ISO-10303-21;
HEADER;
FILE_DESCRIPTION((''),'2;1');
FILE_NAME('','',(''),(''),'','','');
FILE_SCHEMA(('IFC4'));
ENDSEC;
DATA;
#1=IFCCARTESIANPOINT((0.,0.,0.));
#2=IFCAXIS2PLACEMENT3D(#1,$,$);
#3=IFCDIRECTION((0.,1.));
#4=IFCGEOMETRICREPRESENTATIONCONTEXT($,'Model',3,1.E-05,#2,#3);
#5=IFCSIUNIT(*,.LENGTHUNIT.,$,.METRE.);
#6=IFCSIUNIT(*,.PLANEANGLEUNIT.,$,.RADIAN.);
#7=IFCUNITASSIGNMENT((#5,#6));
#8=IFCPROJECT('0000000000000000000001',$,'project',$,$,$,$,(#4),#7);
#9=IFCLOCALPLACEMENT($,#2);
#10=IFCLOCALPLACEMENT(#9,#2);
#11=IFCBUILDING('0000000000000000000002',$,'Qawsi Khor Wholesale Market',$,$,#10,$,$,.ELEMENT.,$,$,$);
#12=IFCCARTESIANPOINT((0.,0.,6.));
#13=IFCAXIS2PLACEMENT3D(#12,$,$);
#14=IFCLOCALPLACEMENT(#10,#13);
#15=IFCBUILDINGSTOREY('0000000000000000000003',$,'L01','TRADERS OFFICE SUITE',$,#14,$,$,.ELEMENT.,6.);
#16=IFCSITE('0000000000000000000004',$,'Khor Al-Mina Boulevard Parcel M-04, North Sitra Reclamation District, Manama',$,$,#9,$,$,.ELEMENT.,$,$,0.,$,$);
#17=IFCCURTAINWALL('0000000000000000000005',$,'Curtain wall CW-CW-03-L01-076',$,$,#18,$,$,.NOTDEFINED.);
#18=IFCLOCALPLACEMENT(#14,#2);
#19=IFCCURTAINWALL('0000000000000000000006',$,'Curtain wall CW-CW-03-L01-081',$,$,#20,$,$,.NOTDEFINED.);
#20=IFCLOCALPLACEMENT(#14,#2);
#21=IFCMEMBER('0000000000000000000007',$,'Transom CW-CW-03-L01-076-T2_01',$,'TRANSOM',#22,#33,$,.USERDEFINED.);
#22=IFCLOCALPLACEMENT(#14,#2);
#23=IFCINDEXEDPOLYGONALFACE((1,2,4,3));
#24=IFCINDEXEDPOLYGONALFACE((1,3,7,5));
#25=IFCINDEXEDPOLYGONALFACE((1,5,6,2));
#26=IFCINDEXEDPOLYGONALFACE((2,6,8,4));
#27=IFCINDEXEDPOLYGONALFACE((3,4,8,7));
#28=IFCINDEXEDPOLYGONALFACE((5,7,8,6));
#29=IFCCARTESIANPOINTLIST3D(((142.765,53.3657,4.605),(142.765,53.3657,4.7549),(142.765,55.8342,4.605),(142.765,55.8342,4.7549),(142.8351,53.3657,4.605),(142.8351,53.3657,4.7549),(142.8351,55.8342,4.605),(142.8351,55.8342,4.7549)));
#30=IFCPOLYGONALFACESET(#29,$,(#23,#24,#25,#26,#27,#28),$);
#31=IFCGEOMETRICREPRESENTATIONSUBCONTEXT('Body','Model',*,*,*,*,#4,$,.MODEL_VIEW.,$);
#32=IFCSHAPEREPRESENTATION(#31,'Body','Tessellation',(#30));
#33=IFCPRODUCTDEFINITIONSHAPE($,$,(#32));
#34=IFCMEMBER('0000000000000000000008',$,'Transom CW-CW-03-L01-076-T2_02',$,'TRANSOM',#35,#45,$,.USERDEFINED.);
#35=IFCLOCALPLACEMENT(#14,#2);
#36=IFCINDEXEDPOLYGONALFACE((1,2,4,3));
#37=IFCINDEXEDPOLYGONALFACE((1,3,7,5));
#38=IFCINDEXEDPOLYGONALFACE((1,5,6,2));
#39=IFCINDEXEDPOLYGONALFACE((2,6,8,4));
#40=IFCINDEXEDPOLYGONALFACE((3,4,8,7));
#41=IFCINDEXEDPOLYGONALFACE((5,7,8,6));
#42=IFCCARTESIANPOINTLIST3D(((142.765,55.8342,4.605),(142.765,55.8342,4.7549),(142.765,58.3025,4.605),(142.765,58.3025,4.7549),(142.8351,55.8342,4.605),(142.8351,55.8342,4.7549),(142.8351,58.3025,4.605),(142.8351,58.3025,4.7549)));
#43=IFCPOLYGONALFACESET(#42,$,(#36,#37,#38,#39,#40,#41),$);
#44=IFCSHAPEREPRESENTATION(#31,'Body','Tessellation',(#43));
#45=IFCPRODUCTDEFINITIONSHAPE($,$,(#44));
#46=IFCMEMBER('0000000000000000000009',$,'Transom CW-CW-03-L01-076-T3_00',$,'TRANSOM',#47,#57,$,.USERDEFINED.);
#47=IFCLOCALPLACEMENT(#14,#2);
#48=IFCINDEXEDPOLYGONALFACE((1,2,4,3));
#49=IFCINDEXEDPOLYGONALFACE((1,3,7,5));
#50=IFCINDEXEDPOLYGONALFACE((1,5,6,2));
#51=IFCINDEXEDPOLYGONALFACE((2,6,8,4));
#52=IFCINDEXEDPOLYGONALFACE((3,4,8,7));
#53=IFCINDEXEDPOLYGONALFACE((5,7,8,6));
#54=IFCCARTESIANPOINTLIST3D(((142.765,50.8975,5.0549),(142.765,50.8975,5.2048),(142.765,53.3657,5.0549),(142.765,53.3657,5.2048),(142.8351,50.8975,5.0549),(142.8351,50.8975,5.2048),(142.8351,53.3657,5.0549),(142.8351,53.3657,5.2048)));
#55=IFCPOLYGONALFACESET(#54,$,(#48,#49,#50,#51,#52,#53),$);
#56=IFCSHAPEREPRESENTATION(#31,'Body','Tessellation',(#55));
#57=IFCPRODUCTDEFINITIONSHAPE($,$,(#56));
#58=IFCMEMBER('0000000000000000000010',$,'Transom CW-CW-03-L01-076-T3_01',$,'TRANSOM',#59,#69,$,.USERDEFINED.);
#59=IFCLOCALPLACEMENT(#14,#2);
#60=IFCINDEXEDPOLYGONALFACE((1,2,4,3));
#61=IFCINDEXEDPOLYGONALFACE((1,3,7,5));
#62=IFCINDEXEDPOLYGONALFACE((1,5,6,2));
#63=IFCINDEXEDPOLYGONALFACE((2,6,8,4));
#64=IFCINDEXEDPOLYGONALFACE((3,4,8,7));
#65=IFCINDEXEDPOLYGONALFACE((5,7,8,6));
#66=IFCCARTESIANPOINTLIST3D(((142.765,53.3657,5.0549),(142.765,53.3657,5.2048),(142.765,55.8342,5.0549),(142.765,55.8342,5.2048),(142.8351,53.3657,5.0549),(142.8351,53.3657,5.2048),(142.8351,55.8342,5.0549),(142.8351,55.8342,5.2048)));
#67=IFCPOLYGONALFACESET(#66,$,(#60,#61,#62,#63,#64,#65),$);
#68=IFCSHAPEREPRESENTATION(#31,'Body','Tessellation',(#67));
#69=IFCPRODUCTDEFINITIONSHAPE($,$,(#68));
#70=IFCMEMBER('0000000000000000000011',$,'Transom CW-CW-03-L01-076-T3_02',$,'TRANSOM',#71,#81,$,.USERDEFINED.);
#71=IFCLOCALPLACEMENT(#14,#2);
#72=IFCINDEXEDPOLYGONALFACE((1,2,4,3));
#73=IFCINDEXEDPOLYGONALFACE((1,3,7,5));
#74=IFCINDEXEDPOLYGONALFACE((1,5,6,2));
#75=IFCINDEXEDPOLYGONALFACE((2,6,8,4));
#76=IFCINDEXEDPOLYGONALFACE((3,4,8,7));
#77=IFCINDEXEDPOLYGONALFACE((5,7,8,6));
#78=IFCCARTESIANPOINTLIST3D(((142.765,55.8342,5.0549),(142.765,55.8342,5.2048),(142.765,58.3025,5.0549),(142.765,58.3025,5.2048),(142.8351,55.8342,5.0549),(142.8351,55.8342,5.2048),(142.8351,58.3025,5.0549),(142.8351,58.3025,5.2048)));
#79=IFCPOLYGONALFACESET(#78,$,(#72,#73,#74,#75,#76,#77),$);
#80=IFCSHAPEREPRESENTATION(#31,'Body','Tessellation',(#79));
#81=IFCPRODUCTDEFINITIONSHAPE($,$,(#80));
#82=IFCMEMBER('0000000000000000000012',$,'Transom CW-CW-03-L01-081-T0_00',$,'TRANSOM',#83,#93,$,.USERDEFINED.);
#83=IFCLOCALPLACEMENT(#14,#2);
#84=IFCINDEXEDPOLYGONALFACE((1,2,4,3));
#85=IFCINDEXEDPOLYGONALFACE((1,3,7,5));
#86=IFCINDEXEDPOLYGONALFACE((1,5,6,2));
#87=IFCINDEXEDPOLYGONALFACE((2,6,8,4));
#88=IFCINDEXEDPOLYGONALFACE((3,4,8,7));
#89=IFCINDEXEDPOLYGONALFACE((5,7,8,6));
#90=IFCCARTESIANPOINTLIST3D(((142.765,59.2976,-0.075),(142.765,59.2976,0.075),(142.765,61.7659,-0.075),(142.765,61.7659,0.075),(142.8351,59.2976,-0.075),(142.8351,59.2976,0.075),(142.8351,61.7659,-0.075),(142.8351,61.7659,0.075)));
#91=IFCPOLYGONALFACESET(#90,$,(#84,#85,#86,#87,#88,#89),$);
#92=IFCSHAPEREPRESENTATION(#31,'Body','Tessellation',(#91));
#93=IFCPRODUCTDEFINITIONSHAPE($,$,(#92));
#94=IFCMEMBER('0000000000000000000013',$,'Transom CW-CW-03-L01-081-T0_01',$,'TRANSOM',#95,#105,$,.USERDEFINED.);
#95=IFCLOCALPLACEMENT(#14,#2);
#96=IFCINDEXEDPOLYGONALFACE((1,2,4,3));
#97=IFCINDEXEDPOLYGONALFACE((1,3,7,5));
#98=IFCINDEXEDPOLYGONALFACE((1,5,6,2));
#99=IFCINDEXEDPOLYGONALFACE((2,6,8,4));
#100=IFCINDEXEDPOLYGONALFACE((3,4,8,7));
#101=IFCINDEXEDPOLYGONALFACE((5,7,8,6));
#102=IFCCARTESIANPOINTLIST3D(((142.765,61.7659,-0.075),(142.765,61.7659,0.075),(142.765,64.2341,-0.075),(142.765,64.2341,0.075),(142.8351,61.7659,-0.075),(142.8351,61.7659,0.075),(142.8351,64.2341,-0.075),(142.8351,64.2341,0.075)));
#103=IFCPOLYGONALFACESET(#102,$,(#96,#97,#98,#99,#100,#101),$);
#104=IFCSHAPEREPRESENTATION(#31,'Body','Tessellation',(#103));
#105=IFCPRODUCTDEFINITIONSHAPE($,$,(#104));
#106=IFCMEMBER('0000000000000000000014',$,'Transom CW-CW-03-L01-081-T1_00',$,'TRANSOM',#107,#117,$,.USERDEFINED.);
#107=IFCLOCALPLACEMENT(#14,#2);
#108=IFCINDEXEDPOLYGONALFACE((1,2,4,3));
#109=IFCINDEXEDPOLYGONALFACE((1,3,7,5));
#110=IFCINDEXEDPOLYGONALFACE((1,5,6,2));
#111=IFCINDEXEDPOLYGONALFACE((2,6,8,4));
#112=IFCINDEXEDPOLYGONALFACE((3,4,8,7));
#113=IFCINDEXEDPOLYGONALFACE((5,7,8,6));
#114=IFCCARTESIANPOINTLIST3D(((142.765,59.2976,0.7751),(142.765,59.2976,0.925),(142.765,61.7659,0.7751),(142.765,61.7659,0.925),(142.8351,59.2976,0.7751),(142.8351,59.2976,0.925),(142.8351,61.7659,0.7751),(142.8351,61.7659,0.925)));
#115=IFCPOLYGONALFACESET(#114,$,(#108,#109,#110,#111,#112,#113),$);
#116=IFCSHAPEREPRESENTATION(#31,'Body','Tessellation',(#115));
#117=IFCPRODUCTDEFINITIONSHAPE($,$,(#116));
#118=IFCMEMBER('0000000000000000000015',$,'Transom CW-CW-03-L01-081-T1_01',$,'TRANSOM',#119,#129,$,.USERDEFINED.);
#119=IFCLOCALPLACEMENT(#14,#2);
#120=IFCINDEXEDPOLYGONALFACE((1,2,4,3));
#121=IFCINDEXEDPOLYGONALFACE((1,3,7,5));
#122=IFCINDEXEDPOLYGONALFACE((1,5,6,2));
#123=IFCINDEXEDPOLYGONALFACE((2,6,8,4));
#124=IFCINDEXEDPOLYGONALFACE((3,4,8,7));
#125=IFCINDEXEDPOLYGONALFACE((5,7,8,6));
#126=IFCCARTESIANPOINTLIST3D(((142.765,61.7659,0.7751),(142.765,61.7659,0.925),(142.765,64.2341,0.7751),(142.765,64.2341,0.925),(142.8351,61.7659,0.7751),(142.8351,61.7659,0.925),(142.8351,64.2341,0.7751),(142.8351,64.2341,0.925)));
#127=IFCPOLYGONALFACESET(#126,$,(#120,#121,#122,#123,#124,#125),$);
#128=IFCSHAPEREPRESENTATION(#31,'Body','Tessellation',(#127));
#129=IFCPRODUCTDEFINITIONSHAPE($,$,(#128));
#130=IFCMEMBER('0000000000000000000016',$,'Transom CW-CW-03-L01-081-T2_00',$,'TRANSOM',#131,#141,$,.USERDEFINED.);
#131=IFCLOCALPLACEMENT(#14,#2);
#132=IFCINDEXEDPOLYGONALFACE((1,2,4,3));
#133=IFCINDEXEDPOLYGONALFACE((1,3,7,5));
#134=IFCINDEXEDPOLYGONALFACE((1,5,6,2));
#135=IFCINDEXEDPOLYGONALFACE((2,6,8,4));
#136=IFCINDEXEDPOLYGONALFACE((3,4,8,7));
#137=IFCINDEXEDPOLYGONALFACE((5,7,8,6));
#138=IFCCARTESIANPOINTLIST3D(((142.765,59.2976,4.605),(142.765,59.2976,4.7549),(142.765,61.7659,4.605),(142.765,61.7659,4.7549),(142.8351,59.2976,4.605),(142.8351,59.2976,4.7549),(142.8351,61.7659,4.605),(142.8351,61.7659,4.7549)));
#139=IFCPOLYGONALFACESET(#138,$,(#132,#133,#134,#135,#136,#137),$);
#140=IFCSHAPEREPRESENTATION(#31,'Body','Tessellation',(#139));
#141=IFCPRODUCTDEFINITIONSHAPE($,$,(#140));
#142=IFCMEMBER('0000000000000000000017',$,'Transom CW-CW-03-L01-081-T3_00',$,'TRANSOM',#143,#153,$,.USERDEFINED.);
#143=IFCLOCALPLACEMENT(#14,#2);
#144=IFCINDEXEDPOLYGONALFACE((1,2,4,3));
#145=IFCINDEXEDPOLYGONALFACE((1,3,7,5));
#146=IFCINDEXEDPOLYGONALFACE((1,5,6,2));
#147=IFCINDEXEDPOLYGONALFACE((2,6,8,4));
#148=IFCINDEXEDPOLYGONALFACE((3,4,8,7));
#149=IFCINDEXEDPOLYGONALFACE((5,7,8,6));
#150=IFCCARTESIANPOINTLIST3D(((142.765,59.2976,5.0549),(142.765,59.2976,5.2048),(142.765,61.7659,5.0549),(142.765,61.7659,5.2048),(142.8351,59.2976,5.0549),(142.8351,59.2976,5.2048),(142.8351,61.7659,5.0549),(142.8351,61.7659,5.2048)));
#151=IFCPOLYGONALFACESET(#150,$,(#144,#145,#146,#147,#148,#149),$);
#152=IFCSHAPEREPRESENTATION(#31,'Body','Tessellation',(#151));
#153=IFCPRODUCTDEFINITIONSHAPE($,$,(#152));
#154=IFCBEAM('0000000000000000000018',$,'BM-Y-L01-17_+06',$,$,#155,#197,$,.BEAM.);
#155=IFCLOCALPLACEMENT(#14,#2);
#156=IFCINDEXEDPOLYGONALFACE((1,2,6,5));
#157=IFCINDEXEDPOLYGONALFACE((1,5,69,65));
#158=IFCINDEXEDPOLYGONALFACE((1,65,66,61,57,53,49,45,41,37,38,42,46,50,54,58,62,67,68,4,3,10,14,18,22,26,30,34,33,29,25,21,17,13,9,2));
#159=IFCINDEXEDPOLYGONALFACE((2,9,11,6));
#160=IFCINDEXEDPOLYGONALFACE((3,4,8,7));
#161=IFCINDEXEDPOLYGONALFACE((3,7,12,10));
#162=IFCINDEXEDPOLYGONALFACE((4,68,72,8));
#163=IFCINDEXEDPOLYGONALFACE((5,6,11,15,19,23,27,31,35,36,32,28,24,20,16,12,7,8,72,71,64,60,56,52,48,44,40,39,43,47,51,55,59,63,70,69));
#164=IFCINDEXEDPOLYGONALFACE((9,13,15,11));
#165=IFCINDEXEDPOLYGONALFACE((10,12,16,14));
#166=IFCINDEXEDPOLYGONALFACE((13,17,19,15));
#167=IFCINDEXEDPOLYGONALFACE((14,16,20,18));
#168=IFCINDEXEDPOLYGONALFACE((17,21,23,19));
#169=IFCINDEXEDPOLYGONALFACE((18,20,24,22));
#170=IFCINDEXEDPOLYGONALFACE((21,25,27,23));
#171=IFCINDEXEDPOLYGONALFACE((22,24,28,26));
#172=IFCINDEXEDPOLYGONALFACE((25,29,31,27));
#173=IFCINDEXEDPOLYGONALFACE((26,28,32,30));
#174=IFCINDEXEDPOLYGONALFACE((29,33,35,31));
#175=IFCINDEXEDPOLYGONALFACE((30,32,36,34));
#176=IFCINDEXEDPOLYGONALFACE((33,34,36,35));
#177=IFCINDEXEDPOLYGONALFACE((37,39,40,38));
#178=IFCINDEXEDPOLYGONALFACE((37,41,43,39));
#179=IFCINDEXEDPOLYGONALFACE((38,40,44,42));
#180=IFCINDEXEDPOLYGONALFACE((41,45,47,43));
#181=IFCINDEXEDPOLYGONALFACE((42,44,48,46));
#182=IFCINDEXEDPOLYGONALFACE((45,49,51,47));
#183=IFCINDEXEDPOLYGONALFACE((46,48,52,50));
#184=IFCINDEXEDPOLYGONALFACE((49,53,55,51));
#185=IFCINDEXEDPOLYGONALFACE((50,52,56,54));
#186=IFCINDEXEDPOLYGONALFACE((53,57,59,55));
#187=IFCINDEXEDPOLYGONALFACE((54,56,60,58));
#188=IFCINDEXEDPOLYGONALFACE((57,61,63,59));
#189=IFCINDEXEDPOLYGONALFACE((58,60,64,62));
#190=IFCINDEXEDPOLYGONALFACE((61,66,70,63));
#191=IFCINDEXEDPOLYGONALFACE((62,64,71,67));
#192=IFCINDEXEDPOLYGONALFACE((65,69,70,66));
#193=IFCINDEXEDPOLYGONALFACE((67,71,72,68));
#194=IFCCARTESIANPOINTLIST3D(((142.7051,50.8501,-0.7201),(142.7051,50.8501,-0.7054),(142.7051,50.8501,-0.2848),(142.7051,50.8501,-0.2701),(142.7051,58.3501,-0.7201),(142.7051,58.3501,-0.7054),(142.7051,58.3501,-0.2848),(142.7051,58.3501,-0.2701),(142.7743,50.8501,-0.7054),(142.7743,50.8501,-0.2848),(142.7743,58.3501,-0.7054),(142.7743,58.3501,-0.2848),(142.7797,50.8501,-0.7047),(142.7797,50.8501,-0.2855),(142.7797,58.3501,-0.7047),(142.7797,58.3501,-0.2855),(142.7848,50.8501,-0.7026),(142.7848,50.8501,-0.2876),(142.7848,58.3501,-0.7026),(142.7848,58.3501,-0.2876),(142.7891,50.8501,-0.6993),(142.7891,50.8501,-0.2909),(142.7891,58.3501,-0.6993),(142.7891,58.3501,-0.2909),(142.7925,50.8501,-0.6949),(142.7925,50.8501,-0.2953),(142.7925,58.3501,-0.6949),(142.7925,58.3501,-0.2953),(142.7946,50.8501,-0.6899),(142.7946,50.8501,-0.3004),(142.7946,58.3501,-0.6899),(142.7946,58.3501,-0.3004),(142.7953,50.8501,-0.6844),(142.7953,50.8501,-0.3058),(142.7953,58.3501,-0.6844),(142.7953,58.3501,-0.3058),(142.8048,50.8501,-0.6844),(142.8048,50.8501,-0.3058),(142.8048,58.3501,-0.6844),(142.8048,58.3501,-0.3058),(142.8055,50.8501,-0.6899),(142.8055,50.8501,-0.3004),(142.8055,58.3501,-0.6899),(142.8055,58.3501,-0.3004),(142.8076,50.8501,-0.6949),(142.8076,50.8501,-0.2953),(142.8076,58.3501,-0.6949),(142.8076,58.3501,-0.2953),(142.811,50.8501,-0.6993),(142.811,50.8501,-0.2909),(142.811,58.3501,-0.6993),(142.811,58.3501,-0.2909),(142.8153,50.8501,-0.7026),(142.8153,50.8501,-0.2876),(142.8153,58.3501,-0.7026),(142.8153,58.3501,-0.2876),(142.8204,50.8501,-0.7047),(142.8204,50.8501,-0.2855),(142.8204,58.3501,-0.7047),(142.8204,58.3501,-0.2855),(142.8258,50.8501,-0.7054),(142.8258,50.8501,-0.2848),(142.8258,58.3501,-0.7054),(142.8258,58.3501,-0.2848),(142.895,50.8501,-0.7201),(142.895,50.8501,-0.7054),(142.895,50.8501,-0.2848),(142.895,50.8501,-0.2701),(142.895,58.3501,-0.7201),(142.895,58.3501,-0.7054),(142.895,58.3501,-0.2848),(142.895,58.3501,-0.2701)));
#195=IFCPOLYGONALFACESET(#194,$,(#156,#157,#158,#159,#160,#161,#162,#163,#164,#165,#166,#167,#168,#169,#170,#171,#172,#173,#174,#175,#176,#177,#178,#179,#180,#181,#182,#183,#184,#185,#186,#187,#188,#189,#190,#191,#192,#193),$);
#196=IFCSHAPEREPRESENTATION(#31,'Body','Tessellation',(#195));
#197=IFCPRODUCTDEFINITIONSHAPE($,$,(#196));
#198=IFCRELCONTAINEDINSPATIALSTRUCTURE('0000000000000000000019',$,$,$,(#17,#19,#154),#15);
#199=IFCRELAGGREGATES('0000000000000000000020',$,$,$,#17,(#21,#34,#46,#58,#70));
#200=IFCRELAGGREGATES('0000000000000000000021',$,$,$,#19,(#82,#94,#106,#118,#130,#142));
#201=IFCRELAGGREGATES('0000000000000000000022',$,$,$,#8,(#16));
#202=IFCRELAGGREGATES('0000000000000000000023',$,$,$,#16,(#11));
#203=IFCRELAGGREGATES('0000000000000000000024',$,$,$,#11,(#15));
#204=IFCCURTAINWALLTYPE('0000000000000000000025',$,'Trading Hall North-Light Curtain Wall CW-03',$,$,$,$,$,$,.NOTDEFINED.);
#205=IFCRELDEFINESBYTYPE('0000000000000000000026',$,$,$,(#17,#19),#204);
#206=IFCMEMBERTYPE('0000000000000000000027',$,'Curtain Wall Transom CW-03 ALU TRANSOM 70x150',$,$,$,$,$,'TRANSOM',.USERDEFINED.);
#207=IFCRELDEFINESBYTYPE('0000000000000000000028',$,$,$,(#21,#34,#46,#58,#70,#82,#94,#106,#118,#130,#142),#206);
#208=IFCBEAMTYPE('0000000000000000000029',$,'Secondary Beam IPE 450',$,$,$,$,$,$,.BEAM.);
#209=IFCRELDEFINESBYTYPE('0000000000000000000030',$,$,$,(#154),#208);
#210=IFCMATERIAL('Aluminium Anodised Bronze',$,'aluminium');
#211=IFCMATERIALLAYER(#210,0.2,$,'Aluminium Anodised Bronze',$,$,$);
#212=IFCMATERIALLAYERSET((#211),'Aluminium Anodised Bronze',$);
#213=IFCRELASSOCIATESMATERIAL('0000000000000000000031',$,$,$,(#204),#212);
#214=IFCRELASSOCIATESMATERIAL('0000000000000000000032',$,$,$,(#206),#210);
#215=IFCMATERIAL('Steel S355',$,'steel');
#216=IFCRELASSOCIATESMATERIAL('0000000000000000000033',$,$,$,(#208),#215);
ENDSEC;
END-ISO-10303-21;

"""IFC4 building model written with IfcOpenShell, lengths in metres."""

from ifc_helpers import new_model, si_unit, direction, frame, origin, origin_2d, place, context, subcontext, project, spatial, rectangle, i_section, extrude, material, layer, layer_set, material_profile, profile_set, type_object, element, aggregate, save


model = new_model("IFC4")

# Units and contexts
model_context = context("Model", 3, precision=1e-05, world=origin(), true_north=direction((0.0, 1.0)))
body_context = subcontext(model_context, "Body", "Model", "MODEL_VIEW")
ifc_project = project(units=[si_unit("LENGTHUNIT", "METRE"), si_unit("PLANEANGLEUNIT", "RADIAN")], contexts=[model_context])

# Site, building, storey
site_placement = place(None, origin())
site = spatial("IfcSite", under=ifc_project, at=site_placement, Name="Khor Al-Mina Boulevard Parcel M-04, North Sitra Reclamation District, Manama", CompositionType="ELEMENT", RefElevation=0.0)
building_placement = place(site_placement, origin())
building = spatial("IfcBuilding", under=site, at=building_placement, Name="Qawsi Khor Wholesale Market", CompositionType="ELEMENT")
storey_placement = place(building_placement, frame((0.0, 0.0, 6.0)))
storey = spatial("IfcBuildingStorey", under=building, at=storey_placement, Name="L01", Description="TRADERS OFFICE SUITE", CompositionType="ELEMENT", Elevation=6.0)

# Curtain walls
ifc_material_1 = material(Name="Aluminium Anodised Bronze", Category="aluminium")
ifc_layer_1 = layer(ifc_material_1, 0.2, Name="Aluminium Anodised Bronze")
ifc_layer_set_1 = layer_set([ifc_layer_1], Name="Aluminium Anodised Bronze")
curtain_wall_type = type_object("IfcCurtainWallType", Name="Trading Hall North-Light Curtain Wall CW-03", PredefinedType="NOTDEFINED", material=ifc_layer_set_1)
curtain_wall_1_placement = place(storey_placement, origin())
curtain_wall_1 = element("IfcCurtainWall", 1, at=curtain_wall_1_placement, inside=storey, type_object=curtain_wall_type, Name="Curtain wall CW-CW-03-L01-076", PredefinedType="NOTDEFINED")
curtain_wall_2_placement = place(storey_placement, origin())
curtain_wall_2 = element("IfcCurtainWall", 2, at=curtain_wall_2_placement, inside=storey, type_object=curtain_wall_type, Name="Curtain wall CW-CW-03-L01-081", PredefinedType="NOTDEFINED")

# Members
ifc_material_profile_1 = material_profile(ifc_material_1, rectangle(XDim=0.0701, YDim=0.1499, at=origin_2d()), Name="ALU TRANSOM 70x150")
ifc_profile_set_1 = profile_set([ifc_material_profile_1], Name="Aluminium Anodised Bronze")
member_type_1 = type_object("IfcMemberType", Name="Curtain Wall Transom CW-03 ALU TRANSOM 70x150", ElementType="TRANSOM", PredefinedType="USERDEFINED", material=ifc_profile_set_1)
member_1_placement = place(storey_placement, frame((142.8, 53.3657, 4.6799), z_axis=(0.0, 1.0, 0.0), x_axis=(-1.0, 0.0, 0.0)))
member_1 = element("IfcMember", 3, at=member_1_placement, type_object=member_type_1, Name="Transom CW-CW-03-L01-076-T2_01", ObjectType="TRANSOM", PredefinedType="USERDEFINED", context=body_context, shape_type="SweptSolid", body=[
    extrude(rectangle(XDim=0.0701, YDim=0.1499, at=origin_2d()), origin(), (0.0, 0.0, 1.0), 2.4685),
])
member_2_placement = place(storey_placement, frame((142.8, 55.8342, 4.6799), z_axis=(0.0, 1.0, 0.0), x_axis=(-1.0, 0.0, 0.0)))
member_2 = element("IfcMember", 4, at=member_2_placement, type_object=member_type_1, Name="Transom CW-CW-03-L01-076-T2_02", ObjectType="TRANSOM", PredefinedType="USERDEFINED", context=body_context, shape_type="SweptSolid", body=[
    extrude(rectangle(XDim=0.0701, YDim=0.1499, at=origin_2d()), origin(), (0.0, 0.0, 1.0), 2.4683),
])
member_3_placement = place(storey_placement, frame((142.8, 50.8975, 5.1299), z_axis=(0.0, 1.0, 0.0), x_axis=(-1.0, 0.0, 0.0)))
member_3 = element("IfcMember", 5, at=member_3_placement, type_object=member_type_1, Name="Transom CW-CW-03-L01-076-T3_00", ObjectType="TRANSOM", PredefinedType="USERDEFINED", context=body_context, shape_type="SweptSolid", body=[
    extrude(rectangle(XDim=0.0701, YDim=0.1499, at=origin_2d()), origin(), (0.0, 0.0, 1.0), 2.4683),
])
member_4_placement = place(storey_placement, frame((142.8, 53.3657, 5.1299), z_axis=(0.0, 1.0, 0.0), x_axis=(-1.0, 0.0, 0.0)))
member_4 = element("IfcMember", 6, at=member_4_placement, type_object=member_type_1, Name="Transom CW-CW-03-L01-076-T3_01", ObjectType="TRANSOM", PredefinedType="USERDEFINED", context=body_context, shape_type="SweptSolid", body=[
    extrude(rectangle(XDim=0.0701, YDim=0.1499, at=origin_2d()), origin(), (0.0, 0.0, 1.0), 2.4685),
])
member_5_placement = place(storey_placement, frame((142.8, 55.8342, 5.1299), z_axis=(0.0, 1.0, 0.0), x_axis=(-1.0, 0.0, 0.0)))
member_5 = element("IfcMember", 7, at=member_5_placement, type_object=member_type_1, Name="Transom CW-CW-03-L01-076-T3_02", ObjectType="TRANSOM", PredefinedType="USERDEFINED", context=body_context, shape_type="SweptSolid", body=[
    extrude(rectangle(XDim=0.0701, YDim=0.1499, at=origin_2d()), origin(), (0.0, 0.0, 1.0), 2.4683),
])
member_6_placement = place(storey_placement, frame((142.8, 59.2976, 0.0), z_axis=(0.0, 1.0, 0.0), x_axis=(-1.0, 0.0, 0.0)))
member_6 = element("IfcMember", 8, at=member_6_placement, type_object=member_type_1, Name="Transom CW-CW-03-L01-081-T0_00", ObjectType="TRANSOM", PredefinedType="USERDEFINED", context=body_context, shape_type="SweptSolid", body=[
    extrude(rectangle(XDim=0.0701, YDim=0.1499, at=origin_2d()), origin(), (0.0, 0.0, 1.0), 2.4683),
])
member_7_placement = place(storey_placement, frame((142.8, 61.7659, 0.0), z_axis=(0.0, 1.0, 0.0), x_axis=(-1.0, 0.0, 0.0)))
member_7 = element("IfcMember", 9, at=member_7_placement, type_object=member_type_1, Name="Transom CW-CW-03-L01-081-T0_01", ObjectType="TRANSOM", PredefinedType="USERDEFINED", context=body_context, shape_type="SweptSolid", body=[
    extrude(rectangle(XDim=0.0701, YDim=0.1499, at=origin_2d()), origin(), (0.0, 0.0, 1.0), 2.4683),
])
member_8_placement = place(storey_placement, frame((142.8, 59.2976, 0.8501), z_axis=(0.0, 1.0, 0.0), x_axis=(-1.0, 0.0, 0.0)))
member_8 = element("IfcMember", 10, at=member_8_placement, type_object=member_type_1, Name="Transom CW-CW-03-L01-081-T1_00", ObjectType="TRANSOM", PredefinedType="USERDEFINED", context=body_context, shape_type="SweptSolid", body=[
    extrude(rectangle(XDim=0.0701, YDim=0.1499, at=origin_2d()), origin(), (0.0, 0.0, 1.0), 2.4683),
])
member_9_placement = place(storey_placement, frame((142.8, 61.7659, 0.8501), z_axis=(0.0, 1.0, 0.0), x_axis=(-1.0, 0.0, 0.0)))
member_9 = element("IfcMember", 11, at=member_9_placement, type_object=member_type_1, Name="Transom CW-CW-03-L01-081-T1_01", ObjectType="TRANSOM", PredefinedType="USERDEFINED", context=body_context, shape_type="SweptSolid", body=[
    extrude(rectangle(XDim=0.0701, YDim=0.1499, at=origin_2d()), origin(), (0.0, 0.0, 1.0), 2.4683),
])
member_10_placement = place(storey_placement, frame((142.8, 59.2976, 4.6799), z_axis=(0.0, 1.0, 0.0), x_axis=(-1.0, 0.0, 0.0)))
member_10 = element("IfcMember", 12, at=member_10_placement, type_object=member_type_1, Name="Transom CW-CW-03-L01-081-T2_00", ObjectType="TRANSOM", PredefinedType="USERDEFINED", context=body_context, shape_type="SweptSolid", body=[
    extrude(rectangle(XDim=0.0701, YDim=0.1499, at=origin_2d()), origin(), (0.0, 0.0, 1.0), 2.4683),
])
member_11_placement = place(storey_placement, frame((142.8, 59.2976, 5.1299), z_axis=(0.0, 1.0, 0.0), x_axis=(-1.0, 0.0, 0.0)))
member_11 = element("IfcMember", 13, at=member_11_placement, type_object=member_type_1, Name="Transom CW-CW-03-L01-081-T3_00", ObjectType="TRANSOM", PredefinedType="USERDEFINED", context=body_context, shape_type="SweptSolid", body=[
    extrude(rectangle(XDim=0.0701, YDim=0.1499, at=origin_2d()), origin(), (0.0, 0.0, 1.0), 2.4683),
])

# Beam
ifc_material_2 = material(Name="Steel S355", Category="steel")
ifc_material_profile_2 = material_profile(ifc_material_2, i_section(OverallWidth=0.1899, OverallDepth=0.45, WebThickness=0.0095, FlangeThickness=0.0146, FilletRadius=0.021, at=origin_2d()), Name="IPE 450")
ifc_profile_set_2 = profile_set([ifc_material_profile_2], Name="Steel S355")
beam_type = type_object("IfcBeamType", Name="Secondary Beam IPE 450", PredefinedType="BEAM", material=ifc_profile_set_2)
for number, where, z_axis, x_axis, name in (
    (14, (142.8, 50.8501, -0.4951), (0.0, 1.0, 0.0), (-1.0, 0.0, 0.0), "BM-Y-L01-17_+06"),
):
    element("IfcBeam", number, at=place(storey_placement, frame(where, z_axis=z_axis, x_axis=x_axis)), inside=storey, type_object=beam_type, Name=name, PredefinedType="BEAM", context=body_context, shape_type="SweptSolid", body=[
        extrude(i_section(OverallWidth=0.1899, OverallDepth=0.45, WebThickness=0.0095, FlangeThickness=0.0146, FilletRadius=0.021, at=origin_2d()), origin(), (0.0, 0.0, 1.0), 7.5),
    ])

aggregate(curtain_wall_1, [member_1, member_2, member_3, member_4, member_5])
aggregate(curtain_wall_2, [member_6, member_7, member_8, member_9, member_10, member_11])

save(model, "model.ifc")
